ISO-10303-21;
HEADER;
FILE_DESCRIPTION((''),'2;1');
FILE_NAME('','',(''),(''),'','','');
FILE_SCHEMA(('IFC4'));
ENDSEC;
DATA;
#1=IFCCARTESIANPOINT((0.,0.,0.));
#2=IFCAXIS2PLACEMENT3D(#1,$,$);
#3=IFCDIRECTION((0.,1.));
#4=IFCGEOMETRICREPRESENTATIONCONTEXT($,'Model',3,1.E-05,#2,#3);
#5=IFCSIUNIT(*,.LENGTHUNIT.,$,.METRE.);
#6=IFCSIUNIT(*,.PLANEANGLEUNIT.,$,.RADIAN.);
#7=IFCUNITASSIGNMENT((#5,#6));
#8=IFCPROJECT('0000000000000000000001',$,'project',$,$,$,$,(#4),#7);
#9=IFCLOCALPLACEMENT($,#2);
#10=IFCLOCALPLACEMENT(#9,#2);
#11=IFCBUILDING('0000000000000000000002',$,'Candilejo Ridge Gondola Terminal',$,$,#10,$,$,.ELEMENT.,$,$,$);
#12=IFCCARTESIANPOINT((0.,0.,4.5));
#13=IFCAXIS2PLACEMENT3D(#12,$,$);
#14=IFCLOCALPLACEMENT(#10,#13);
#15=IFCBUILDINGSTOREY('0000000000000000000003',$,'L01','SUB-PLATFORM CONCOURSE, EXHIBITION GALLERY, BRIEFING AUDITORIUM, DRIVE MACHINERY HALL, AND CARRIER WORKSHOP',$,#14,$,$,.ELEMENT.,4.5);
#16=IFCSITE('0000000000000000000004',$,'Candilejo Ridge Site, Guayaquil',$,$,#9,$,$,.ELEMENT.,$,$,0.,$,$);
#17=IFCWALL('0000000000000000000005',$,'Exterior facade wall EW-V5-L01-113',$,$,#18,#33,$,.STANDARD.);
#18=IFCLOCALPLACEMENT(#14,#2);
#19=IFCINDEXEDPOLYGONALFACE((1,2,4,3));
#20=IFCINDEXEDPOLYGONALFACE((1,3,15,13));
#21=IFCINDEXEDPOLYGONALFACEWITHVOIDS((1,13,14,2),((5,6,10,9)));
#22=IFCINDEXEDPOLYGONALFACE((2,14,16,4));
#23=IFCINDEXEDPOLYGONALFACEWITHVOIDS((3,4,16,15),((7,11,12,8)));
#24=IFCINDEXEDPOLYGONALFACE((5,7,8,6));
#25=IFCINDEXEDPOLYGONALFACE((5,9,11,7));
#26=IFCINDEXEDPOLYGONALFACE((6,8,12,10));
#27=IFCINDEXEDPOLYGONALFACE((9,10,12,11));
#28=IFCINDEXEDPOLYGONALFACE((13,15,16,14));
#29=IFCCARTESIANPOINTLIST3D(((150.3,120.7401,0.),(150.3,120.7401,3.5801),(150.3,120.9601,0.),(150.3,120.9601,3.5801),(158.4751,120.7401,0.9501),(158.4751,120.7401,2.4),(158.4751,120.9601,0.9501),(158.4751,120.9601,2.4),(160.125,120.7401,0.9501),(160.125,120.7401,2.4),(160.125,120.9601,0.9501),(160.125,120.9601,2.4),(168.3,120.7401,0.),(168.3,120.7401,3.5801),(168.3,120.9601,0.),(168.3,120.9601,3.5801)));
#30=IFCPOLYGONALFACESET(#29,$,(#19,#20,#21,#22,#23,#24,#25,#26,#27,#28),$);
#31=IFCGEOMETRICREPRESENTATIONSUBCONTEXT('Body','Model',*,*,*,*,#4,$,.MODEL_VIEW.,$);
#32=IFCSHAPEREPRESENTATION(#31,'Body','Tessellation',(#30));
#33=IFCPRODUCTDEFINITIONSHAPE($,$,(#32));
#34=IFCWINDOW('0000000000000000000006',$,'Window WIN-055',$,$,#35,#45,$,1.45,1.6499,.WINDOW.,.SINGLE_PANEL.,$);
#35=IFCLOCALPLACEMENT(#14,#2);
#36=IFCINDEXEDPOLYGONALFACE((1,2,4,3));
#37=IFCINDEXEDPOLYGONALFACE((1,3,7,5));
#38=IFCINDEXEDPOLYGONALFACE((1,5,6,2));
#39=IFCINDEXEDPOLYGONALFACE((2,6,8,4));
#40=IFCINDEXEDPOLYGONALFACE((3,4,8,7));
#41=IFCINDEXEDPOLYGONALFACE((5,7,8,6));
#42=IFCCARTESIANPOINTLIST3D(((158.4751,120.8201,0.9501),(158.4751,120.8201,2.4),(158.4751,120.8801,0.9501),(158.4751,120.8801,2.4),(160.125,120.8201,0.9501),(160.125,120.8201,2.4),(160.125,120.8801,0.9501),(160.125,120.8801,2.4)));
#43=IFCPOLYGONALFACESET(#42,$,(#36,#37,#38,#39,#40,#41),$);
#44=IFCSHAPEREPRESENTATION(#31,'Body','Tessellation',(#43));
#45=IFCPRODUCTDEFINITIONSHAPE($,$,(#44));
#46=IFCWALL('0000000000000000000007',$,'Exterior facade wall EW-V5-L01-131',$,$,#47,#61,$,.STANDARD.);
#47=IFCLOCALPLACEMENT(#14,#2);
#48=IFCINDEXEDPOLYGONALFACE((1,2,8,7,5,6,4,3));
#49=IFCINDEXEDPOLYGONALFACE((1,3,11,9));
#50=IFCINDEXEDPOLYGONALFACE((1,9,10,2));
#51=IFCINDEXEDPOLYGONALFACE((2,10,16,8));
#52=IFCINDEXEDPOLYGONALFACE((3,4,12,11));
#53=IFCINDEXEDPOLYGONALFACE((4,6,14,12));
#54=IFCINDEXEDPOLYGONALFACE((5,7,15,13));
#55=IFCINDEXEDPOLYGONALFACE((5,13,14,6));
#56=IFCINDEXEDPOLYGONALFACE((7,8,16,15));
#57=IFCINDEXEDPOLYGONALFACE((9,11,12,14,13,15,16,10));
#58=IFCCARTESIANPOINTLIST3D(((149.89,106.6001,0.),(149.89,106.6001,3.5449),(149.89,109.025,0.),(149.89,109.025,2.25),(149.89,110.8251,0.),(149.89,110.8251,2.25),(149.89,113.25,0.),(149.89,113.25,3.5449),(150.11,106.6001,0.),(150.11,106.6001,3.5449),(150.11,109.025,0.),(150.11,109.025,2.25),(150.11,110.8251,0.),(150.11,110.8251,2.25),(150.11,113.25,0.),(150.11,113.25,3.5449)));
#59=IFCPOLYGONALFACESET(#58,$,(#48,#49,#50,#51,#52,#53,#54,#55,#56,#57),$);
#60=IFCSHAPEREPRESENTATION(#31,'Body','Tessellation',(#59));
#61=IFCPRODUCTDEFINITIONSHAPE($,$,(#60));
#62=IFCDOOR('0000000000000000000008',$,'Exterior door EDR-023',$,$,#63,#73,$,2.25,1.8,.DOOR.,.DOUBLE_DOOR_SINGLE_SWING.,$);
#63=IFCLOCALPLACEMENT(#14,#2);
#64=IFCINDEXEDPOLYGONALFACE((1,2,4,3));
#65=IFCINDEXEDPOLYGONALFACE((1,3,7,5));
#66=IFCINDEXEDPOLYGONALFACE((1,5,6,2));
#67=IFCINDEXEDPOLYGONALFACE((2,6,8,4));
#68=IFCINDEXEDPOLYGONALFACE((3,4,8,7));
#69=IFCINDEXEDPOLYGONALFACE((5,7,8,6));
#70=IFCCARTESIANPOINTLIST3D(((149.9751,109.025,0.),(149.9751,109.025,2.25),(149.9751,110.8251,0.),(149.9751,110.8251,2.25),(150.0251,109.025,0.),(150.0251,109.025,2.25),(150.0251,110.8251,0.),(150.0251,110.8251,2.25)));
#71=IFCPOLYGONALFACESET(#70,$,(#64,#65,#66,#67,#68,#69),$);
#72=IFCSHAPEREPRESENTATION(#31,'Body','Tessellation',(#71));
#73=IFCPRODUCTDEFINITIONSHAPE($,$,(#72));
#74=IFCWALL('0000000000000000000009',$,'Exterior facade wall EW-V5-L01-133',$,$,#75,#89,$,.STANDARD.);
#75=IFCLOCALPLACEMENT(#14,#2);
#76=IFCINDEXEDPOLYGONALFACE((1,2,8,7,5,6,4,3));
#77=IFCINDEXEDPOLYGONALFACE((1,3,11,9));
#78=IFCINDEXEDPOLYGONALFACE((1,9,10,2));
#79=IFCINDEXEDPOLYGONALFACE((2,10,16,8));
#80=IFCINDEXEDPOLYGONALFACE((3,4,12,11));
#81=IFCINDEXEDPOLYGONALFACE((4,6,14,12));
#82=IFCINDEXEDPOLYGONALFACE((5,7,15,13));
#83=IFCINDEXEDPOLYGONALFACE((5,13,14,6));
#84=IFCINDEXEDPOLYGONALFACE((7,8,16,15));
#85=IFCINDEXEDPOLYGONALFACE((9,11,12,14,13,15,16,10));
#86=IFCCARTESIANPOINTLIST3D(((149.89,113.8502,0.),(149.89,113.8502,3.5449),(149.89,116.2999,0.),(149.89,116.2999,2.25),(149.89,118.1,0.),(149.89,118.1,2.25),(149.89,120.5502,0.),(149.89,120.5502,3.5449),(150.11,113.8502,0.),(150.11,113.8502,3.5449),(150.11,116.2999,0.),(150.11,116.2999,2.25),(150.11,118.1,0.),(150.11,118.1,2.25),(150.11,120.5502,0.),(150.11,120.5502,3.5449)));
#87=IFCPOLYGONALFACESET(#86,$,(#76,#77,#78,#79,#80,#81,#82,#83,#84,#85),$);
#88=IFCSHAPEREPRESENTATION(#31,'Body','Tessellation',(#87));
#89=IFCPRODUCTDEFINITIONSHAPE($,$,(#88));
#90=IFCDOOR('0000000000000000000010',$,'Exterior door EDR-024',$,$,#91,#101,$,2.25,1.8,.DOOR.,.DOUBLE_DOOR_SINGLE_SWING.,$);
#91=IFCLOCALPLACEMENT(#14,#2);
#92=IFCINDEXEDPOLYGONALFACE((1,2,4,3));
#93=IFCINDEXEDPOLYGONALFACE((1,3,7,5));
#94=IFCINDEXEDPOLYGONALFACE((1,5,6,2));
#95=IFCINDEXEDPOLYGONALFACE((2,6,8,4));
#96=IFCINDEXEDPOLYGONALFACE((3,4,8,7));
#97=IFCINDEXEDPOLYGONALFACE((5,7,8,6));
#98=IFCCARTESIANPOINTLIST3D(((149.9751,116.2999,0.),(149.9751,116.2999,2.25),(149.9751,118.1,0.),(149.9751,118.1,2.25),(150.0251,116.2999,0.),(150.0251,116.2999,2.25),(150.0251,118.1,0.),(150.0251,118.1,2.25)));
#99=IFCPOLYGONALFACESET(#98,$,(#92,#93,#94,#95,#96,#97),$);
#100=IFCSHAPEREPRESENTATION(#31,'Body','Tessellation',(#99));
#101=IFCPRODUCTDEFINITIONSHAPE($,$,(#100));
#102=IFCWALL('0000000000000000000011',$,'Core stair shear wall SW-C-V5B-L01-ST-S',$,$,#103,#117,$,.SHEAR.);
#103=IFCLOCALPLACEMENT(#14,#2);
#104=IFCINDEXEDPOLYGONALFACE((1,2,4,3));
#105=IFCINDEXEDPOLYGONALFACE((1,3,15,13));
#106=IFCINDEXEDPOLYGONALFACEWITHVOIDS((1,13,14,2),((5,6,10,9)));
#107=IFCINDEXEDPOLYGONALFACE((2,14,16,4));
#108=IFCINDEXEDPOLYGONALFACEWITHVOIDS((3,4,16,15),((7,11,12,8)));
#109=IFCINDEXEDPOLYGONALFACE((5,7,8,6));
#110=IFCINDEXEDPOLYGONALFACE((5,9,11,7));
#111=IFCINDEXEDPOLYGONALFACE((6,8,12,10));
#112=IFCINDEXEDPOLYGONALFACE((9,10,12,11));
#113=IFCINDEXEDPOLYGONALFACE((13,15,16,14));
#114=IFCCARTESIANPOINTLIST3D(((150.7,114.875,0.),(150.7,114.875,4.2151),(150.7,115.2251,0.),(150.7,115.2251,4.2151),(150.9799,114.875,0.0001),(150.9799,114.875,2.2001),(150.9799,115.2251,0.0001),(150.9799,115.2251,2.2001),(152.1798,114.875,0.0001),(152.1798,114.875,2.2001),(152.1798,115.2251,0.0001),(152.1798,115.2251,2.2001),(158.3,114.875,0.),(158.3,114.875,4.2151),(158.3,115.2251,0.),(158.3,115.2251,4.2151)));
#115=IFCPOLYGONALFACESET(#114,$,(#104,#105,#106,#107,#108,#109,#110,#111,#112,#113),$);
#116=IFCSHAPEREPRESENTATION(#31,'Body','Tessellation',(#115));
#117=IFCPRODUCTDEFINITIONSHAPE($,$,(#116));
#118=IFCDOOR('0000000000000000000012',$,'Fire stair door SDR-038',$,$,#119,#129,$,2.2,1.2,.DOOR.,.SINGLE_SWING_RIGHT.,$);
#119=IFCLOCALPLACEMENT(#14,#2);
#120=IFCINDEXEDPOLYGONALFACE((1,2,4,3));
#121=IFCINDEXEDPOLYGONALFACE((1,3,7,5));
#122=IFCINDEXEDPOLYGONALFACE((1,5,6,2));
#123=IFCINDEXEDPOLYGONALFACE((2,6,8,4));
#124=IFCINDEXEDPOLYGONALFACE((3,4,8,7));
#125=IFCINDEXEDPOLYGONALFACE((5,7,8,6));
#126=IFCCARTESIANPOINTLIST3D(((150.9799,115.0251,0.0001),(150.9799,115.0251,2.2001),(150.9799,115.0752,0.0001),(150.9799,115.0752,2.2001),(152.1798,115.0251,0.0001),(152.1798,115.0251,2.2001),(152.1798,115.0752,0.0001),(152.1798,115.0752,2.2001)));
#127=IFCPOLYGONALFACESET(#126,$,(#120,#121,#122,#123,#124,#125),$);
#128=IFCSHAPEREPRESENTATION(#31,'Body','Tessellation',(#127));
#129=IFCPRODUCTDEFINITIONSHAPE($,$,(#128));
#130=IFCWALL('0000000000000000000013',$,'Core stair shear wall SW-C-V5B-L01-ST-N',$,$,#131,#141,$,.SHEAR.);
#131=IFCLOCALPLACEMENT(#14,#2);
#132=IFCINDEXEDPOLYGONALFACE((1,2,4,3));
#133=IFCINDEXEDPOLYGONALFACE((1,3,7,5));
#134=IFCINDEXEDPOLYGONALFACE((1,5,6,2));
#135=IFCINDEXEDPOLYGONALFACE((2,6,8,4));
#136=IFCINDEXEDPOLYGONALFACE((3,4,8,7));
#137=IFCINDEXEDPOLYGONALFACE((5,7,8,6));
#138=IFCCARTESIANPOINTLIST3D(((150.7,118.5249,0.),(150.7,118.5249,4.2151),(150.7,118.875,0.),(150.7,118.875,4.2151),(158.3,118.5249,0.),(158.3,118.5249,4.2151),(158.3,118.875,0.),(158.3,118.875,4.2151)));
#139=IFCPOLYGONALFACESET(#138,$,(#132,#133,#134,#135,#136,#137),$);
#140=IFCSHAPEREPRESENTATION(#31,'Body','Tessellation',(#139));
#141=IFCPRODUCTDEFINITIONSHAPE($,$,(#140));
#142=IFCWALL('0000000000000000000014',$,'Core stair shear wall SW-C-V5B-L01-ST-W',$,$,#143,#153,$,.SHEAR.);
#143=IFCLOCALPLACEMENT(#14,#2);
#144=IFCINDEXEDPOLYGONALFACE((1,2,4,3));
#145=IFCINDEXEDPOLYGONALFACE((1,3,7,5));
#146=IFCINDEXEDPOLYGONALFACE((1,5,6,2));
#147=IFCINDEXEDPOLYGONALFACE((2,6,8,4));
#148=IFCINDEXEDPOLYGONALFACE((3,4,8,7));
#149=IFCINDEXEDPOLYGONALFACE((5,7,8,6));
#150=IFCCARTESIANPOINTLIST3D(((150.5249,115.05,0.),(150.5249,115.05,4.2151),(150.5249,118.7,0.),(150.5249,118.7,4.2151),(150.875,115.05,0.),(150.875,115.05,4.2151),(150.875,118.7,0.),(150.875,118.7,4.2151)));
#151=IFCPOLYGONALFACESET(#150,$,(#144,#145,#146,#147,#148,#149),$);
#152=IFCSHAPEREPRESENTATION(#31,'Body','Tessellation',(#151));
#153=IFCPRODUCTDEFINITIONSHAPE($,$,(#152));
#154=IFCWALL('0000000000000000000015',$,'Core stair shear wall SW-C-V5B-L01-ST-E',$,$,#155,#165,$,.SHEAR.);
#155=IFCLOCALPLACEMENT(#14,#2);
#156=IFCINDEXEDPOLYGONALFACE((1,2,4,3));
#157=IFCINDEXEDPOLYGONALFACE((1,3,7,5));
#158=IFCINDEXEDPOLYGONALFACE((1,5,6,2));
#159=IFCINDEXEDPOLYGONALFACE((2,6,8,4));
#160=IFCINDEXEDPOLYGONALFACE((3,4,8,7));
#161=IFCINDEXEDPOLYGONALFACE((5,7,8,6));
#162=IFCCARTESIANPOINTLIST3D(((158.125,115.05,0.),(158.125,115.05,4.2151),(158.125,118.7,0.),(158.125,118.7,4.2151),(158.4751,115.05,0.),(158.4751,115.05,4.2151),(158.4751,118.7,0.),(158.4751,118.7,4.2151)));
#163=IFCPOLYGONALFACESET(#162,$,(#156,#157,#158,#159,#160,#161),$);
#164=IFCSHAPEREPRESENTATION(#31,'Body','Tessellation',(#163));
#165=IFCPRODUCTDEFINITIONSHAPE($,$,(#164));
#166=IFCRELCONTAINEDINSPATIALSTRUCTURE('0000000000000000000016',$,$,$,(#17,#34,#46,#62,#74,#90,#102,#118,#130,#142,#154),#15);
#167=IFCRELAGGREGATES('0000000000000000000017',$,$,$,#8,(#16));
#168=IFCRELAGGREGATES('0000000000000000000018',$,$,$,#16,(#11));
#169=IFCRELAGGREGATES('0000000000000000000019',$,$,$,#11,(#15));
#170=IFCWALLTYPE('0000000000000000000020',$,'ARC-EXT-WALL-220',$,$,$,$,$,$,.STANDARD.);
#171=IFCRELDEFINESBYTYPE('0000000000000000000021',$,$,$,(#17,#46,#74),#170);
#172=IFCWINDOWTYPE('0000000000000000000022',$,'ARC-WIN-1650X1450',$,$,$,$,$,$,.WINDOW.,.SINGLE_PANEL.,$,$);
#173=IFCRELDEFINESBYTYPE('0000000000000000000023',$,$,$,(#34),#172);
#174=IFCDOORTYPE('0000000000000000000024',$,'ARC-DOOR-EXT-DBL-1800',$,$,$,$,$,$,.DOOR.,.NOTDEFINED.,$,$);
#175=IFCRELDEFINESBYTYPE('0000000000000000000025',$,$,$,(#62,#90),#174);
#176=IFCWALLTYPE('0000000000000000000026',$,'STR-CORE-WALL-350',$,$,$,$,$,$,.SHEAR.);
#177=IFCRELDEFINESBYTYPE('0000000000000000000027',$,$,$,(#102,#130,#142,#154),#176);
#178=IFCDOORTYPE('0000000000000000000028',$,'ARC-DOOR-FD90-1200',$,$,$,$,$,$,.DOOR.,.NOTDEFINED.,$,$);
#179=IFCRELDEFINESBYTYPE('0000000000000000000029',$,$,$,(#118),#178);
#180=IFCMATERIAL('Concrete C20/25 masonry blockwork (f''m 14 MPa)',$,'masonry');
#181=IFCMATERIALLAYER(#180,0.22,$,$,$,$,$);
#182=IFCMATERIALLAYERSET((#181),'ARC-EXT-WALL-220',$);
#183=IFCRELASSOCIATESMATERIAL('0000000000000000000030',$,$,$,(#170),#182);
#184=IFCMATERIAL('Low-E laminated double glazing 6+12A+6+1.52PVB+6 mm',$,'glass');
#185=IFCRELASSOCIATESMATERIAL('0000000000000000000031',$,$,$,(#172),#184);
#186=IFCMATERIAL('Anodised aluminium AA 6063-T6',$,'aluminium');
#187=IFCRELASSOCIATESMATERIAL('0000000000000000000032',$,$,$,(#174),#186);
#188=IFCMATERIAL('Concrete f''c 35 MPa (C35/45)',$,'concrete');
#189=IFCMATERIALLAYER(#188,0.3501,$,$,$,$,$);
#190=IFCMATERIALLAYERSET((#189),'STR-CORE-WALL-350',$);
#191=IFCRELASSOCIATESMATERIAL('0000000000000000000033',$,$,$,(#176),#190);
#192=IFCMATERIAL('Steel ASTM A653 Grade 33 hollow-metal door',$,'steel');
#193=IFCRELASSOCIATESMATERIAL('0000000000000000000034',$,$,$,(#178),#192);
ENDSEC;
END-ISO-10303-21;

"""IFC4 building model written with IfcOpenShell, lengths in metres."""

from ifc_helpers import new_model, si_unit, direction, frame, frame_2d, origin, place, context, subcontext, project, spatial, rectangle, extrude, material, layer, layer_set, type_object, element, fill, save


model = new_model("IFC4")

# Units and contexts
model_context = context("Model", 3, precision=1e-05, world=origin(), true_north=direction((0.0, 1.0)))
body_context = subcontext(model_context, "Body", "Model", "MODEL_VIEW")
ifc_project = project(units=[si_unit("LENGTHUNIT", "METRE"), si_unit("PLANEANGLEUNIT", "RADIAN")], contexts=[model_context])

# Site, building, storey
site_placement = place(None, origin())
site = spatial("IfcSite", under=ifc_project, at=site_placement, Name="Candilejo Ridge Site, Guayaquil", CompositionType="ELEMENT", RefElevation=0.0)
building_placement = place(site_placement, origin())
building = spatial("IfcBuilding", under=site, at=building_placement, Name="Candilejo Ridge Gondola Terminal", CompositionType="ELEMENT")
storey_placement = place(building_placement, frame((0.0, 0.0, 4.5)))
storey = spatial("IfcBuildingStorey", under=building, at=storey_placement, Name="L01", Description="SUB-PLATFORM CONCOURSE, EXHIBITION GALLERY, BRIEFING AUDITORIUM, DRIVE MACHINERY HALL, AND CARRIER WORKSHOP", CompositionType="ELEMENT", Elevation=4.5)

# Wall, opening, window
ifc_material_1 = material(Name="Concrete C20/25 masonry blockwork (f'm 14 MPa)", Category="masonry")
ifc_layer_1 = layer(ifc_material_1, 0.22)
ifc_layer_set_1 = layer_set([ifc_layer_1], Name="ARC-EXT-WALL-220")
wall_type_1 = type_object("IfcWallType", Name="ARC-EXT-WALL-220", PredefinedType="STANDARD", material=ifc_layer_set_1)
wall_1_placement = place(storey_placement, frame((150.3, 120.8501, 0.0), z_axis=(0.0, 0.0, 1.0), x_axis=(1.0, 0.0, 0.0)))
wall_1 = element("IfcWall", 1, at=wall_1_placement, inside=storey, type_object=wall_type_1, Name="Exterior facade wall EW-V5-L01-113", PredefinedType="STANDARD", context=body_context, shape_type="SweptSolid", body=[
    extrude(rectangle(XDim=18.0, YDim=0.22, at=frame_2d((9.0, 0.0))), origin(), (0.0, 0.0, 1.0), 3.5801),
])
opening_1_placement = place(wall_1_placement, frame((8.175, 0.0, 0.95)))
opening_1 = element("IfcOpeningElement", 2, at=opening_1_placement, cuts=wall_1, PredefinedType="OPENING", context=body_context, shape_type="SweptSolid", body=[
    extrude(rectangle(XDim=1.6499, YDim=1.45, at=frame_2d((0.825, 0.7251))), frame((0.0, 0.1199, 0.0), z_axis=(0.0, -1.0, 0.0), x_axis=(1.0, 0.0, 0.0)), (0.0, 0.0, 1.0), 0.24),
])
ifc_material_2 = material(Name="Low-E laminated double glazing 6+12A+6+1.52PVB+6 mm", Category="glass")
window_type = type_object("IfcWindowType", Name="ARC-WIN-1650X1450", PartitioningType="SINGLE_PANEL", PredefinedType="WINDOW", material=ifc_material_2)
window_placement = place(opening_1_placement, origin())
window = element("IfcWindow", 3, at=window_placement, inside=storey, type_object=window_type, Name="Window WIN-055", OverallHeight=1.45, OverallWidth=1.6499, PartitioningType="SINGLE_PANEL", PredefinedType="WINDOW", context=body_context, shape_type="SweptSolid", body=[
    extrude(rectangle(XDim=1.6499, YDim=1.45, at=frame_2d((0.825, 0.7251))), frame((0.0, 0.03, 0.0), z_axis=(0.0, -1.0, 0.0), x_axis=(1.0, 0.0, 0.0)), (0.0, 0.0, 1.0), 0.0601),
])
fill(opening_1, window)

# Walls, openings, doors
wall_2_placement = place(storey_placement, frame((150.0, 106.6001, 0.0), z_axis=(0.0, 0.0, 1.0), x_axis=(0.0, 1.0, 0.0)))
wall_2 = element("IfcWall", 4, at=wall_2_placement, inside=storey, type_object=wall_type_1, Name="Exterior facade wall EW-V5-L01-131", PredefinedType="STANDARD", context=body_context, shape_type="SweptSolid", body=[
    extrude(rectangle(XDim=6.6499, YDim=0.22, at=frame_2d((3.325, 0.0))), origin(), (0.0, 0.0, 1.0), 3.5449),
])
opening_2_placement = place(wall_2_placement, frame((2.425, 0.0, 0.0)))
opening_2 = element("IfcOpeningElement", 5, at=opening_2_placement, cuts=wall_2, PredefinedType="OPENING", context=body_context, shape_type="SweptSolid", body=[
    extrude(rectangle(XDim=1.8, YDim=2.25, at=frame_2d((0.8999, 1.125))), frame((0.0, 0.1199, 0.0), z_axis=(0.0, -1.0, 0.0), x_axis=(1.0, 0.0, 0.0)), (0.0, 0.0, 1.0), 0.24),
])
ifc_material_3 = material(Name="Anodised aluminium AA 6063-T6", Category="aluminium")
door_type_1 = type_object("IfcDoorType", Name="ARC-DOOR-EXT-DBL-1800", OperationType="NOTDEFINED", PredefinedType="DOOR", material=ifc_material_3)
door_1_placement = place(opening_2_placement, origin())
door_1 = element("IfcDoor", 6, at=door_1_placement, inside=storey, type_object=door_type_1, Name="Exterior door EDR-023", OperationType="DOUBLE_DOOR_SINGLE_SWING", OverallHeight=2.25, OverallWidth=1.8, PredefinedType="DOOR", context=body_context, shape_type="SweptSolid", body=[
    extrude(rectangle(XDim=1.8, YDim=2.25, at=frame_2d((0.8999, 1.125))), frame((0.0, 0.0249, 0.0), z_axis=(0.0, -1.0, 0.0), x_axis=(1.0, 0.0, 0.0)), (0.0, 0.0, 1.0), 0.05),
])
fill(opening_2, door_1)
wall_3_placement = place(storey_placement, frame((150.0, 113.8501, 0.0), z_axis=(0.0, 0.0, 1.0), x_axis=(0.0, 1.0, 0.0)))
wall_3 = element("IfcWall", 7, at=wall_3_placement, inside=storey, type_object=wall_type_1, Name="Exterior facade wall EW-V5-L01-133", PredefinedType="STANDARD", context=body_context, shape_type="SweptSolid", body=[
    extrude(rectangle(XDim=6.7, YDim=0.22, at=frame_2d((3.3501, 0.0))), origin(), (0.0, 0.0, 1.0), 3.5449),
])
opening_3_placement = place(wall_3_placement, frame((2.45, 0.0, 0.0)))
opening_3 = element("IfcOpeningElement", 8, at=opening_3_placement, cuts=wall_3, PredefinedType="OPENING", context=body_context, shape_type="SweptSolid", body=[
    extrude(rectangle(XDim=1.8, YDim=2.25, at=frame_2d((0.8999, 1.125))), frame((0.0, 0.1199, 0.0), z_axis=(0.0, -1.0, 0.0), x_axis=(1.0, 0.0, 0.0)), (0.0, 0.0, 1.0), 0.24),
])
door_2_placement = place(opening_3_placement, origin())
door_2 = element("IfcDoor", 9, at=door_2_placement, inside=storey, type_object=door_type_1, Name="Exterior door EDR-024", OperationType="DOUBLE_DOOR_SINGLE_SWING", OverallHeight=2.25, OverallWidth=1.8, PredefinedType="DOOR", context=body_context, shape_type="SweptSolid", body=[
    extrude(rectangle(XDim=1.8, YDim=2.25, at=frame_2d((0.8999, 1.125))), frame((0.0, 0.0249, 0.0), z_axis=(0.0, -1.0, 0.0), x_axis=(1.0, 0.0, 0.0)), (0.0, 0.0, 1.0), 0.05),
])
fill(opening_3, door_2)
ifc_material_4 = material(Name="Concrete f'c 35 MPa (C35/45)", Category="concrete")
ifc_layer_2 = layer(ifc_material_4, 0.3501)
ifc_layer_set_2 = layer_set([ifc_layer_2], Name="STR-CORE-WALL-350")
wall_type_2 = type_object("IfcWallType", Name="STR-CORE-WALL-350", PredefinedType="SHEAR", material=ifc_layer_set_2)
wall_4_placement = place(storey_placement, frame((158.3, 115.05, 0.0), z_axis=(0.0, 0.0, 1.0), x_axis=(-1.0, 0.0, 0.0)))
wall_4 = element("IfcWall", 10, at=wall_4_placement, inside=storey, type_object=wall_type_2, Name="Core stair shear wall SW-C-V5B-L01-ST-S", PredefinedType="SHEAR", context=body_context, shape_type="SweptSolid", body=[
    extrude(rectangle(XDim=7.6001, YDim=0.3501, at=frame_2d((3.8, 0.0))), origin(), (0.0, 0.0, 1.0), 4.2151),
])
opening_4_placement = place(wall_4_placement, frame((6.1201, 0.0, 0.0)))
opening_4 = element("IfcOpeningElement", 11, at=opening_4_placement, cuts=wall_4, PredefinedType="OPENING", context=body_context, shape_type="SweptSolid", body=[
    extrude(rectangle(XDim=1.2, YDim=2.2, at=frame_2d((0.6001, 1.1001))), frame((0.0, 0.1851, 0.0), z_axis=(0.0, -1.0, 0.0), x_axis=(1.0, 0.0, 0.0)), (0.0, 0.0, 1.0), 0.3701),
])
ifc_material_5 = material(Name="Steel ASTM A653 Grade 33 hollow-metal door", Category="steel")
door_type_2 = type_object("IfcDoorType", Name="ARC-DOOR-FD90-1200", OperationType="NOTDEFINED", PredefinedType="DOOR", material=ifc_material_5)
door_3_placement = place(opening_4_placement, origin())
door_3 = element("IfcDoor", 12, at=door_3_placement, inside=storey, type_object=door_type_2, Name="Fire stair door SDR-038", OperationType="SINGLE_SWING_RIGHT", OverallHeight=2.2, OverallWidth=1.2, PredefinedType="DOOR", context=body_context, shape_type="SweptSolid", body=[
    extrude(rectangle(XDim=1.2, YDim=2.2, at=frame_2d((0.6001, 1.1001))), frame((0.0, 0.0249, 0.0), z_axis=(0.0, -1.0, 0.0), x_axis=(1.0, 0.0, 0.0)), (0.0, 0.0, 1.0), 0.05),
])
fill(opening_4, door_3)

# Walls
wall_5_placement = place(storey_placement, frame((150.7, 118.7, 0.0), z_axis=(0.0, 0.0, 1.0), x_axis=(1.0, 0.0, 0.0)))
element("IfcWall", 13, at=wall_5_placement, inside=storey, type_object=wall_type_2, Name="Core stair shear wall SW-C-V5B-L01-ST-N", PredefinedType="SHEAR", context=body_context, shape_type="SweptSolid", body=[
    extrude(rectangle(XDim=7.6001, YDim=0.3501, at=frame_2d((3.8, 0.0))), origin(), (0.0, 0.0, 1.0), 4.2151),
])
for number, where, z_axis, x_axis, name in (
    (14, (150.7, 115.05, 0.0), (0.0, 0.0, 1.0), (0.0, 1.0, 0.0), "Core stair shear wall SW-C-V5B-L01-ST-W"),
    (15, (158.3, 118.7, 0.0), (0.0, 0.0, 1.0), (0.0, -1.0, 0.0), "Core stair shear wall SW-C-V5B-L01-ST-E"),
):
    element("IfcWall", number, at=place(storey_placement, frame(where, z_axis=z_axis, x_axis=x_axis)), inside=storey, type_object=wall_type_2, Name=name, PredefinedType="SHEAR", context=body_context, shape_type="SweptSolid", body=[
        extrude(rectangle(XDim=3.6499, YDim=0.3501, at=frame_2d((1.825, 0.0))), origin(), (0.0, 0.0, 1.0), 4.2151),
    ])

save(model, "model.ifc")
